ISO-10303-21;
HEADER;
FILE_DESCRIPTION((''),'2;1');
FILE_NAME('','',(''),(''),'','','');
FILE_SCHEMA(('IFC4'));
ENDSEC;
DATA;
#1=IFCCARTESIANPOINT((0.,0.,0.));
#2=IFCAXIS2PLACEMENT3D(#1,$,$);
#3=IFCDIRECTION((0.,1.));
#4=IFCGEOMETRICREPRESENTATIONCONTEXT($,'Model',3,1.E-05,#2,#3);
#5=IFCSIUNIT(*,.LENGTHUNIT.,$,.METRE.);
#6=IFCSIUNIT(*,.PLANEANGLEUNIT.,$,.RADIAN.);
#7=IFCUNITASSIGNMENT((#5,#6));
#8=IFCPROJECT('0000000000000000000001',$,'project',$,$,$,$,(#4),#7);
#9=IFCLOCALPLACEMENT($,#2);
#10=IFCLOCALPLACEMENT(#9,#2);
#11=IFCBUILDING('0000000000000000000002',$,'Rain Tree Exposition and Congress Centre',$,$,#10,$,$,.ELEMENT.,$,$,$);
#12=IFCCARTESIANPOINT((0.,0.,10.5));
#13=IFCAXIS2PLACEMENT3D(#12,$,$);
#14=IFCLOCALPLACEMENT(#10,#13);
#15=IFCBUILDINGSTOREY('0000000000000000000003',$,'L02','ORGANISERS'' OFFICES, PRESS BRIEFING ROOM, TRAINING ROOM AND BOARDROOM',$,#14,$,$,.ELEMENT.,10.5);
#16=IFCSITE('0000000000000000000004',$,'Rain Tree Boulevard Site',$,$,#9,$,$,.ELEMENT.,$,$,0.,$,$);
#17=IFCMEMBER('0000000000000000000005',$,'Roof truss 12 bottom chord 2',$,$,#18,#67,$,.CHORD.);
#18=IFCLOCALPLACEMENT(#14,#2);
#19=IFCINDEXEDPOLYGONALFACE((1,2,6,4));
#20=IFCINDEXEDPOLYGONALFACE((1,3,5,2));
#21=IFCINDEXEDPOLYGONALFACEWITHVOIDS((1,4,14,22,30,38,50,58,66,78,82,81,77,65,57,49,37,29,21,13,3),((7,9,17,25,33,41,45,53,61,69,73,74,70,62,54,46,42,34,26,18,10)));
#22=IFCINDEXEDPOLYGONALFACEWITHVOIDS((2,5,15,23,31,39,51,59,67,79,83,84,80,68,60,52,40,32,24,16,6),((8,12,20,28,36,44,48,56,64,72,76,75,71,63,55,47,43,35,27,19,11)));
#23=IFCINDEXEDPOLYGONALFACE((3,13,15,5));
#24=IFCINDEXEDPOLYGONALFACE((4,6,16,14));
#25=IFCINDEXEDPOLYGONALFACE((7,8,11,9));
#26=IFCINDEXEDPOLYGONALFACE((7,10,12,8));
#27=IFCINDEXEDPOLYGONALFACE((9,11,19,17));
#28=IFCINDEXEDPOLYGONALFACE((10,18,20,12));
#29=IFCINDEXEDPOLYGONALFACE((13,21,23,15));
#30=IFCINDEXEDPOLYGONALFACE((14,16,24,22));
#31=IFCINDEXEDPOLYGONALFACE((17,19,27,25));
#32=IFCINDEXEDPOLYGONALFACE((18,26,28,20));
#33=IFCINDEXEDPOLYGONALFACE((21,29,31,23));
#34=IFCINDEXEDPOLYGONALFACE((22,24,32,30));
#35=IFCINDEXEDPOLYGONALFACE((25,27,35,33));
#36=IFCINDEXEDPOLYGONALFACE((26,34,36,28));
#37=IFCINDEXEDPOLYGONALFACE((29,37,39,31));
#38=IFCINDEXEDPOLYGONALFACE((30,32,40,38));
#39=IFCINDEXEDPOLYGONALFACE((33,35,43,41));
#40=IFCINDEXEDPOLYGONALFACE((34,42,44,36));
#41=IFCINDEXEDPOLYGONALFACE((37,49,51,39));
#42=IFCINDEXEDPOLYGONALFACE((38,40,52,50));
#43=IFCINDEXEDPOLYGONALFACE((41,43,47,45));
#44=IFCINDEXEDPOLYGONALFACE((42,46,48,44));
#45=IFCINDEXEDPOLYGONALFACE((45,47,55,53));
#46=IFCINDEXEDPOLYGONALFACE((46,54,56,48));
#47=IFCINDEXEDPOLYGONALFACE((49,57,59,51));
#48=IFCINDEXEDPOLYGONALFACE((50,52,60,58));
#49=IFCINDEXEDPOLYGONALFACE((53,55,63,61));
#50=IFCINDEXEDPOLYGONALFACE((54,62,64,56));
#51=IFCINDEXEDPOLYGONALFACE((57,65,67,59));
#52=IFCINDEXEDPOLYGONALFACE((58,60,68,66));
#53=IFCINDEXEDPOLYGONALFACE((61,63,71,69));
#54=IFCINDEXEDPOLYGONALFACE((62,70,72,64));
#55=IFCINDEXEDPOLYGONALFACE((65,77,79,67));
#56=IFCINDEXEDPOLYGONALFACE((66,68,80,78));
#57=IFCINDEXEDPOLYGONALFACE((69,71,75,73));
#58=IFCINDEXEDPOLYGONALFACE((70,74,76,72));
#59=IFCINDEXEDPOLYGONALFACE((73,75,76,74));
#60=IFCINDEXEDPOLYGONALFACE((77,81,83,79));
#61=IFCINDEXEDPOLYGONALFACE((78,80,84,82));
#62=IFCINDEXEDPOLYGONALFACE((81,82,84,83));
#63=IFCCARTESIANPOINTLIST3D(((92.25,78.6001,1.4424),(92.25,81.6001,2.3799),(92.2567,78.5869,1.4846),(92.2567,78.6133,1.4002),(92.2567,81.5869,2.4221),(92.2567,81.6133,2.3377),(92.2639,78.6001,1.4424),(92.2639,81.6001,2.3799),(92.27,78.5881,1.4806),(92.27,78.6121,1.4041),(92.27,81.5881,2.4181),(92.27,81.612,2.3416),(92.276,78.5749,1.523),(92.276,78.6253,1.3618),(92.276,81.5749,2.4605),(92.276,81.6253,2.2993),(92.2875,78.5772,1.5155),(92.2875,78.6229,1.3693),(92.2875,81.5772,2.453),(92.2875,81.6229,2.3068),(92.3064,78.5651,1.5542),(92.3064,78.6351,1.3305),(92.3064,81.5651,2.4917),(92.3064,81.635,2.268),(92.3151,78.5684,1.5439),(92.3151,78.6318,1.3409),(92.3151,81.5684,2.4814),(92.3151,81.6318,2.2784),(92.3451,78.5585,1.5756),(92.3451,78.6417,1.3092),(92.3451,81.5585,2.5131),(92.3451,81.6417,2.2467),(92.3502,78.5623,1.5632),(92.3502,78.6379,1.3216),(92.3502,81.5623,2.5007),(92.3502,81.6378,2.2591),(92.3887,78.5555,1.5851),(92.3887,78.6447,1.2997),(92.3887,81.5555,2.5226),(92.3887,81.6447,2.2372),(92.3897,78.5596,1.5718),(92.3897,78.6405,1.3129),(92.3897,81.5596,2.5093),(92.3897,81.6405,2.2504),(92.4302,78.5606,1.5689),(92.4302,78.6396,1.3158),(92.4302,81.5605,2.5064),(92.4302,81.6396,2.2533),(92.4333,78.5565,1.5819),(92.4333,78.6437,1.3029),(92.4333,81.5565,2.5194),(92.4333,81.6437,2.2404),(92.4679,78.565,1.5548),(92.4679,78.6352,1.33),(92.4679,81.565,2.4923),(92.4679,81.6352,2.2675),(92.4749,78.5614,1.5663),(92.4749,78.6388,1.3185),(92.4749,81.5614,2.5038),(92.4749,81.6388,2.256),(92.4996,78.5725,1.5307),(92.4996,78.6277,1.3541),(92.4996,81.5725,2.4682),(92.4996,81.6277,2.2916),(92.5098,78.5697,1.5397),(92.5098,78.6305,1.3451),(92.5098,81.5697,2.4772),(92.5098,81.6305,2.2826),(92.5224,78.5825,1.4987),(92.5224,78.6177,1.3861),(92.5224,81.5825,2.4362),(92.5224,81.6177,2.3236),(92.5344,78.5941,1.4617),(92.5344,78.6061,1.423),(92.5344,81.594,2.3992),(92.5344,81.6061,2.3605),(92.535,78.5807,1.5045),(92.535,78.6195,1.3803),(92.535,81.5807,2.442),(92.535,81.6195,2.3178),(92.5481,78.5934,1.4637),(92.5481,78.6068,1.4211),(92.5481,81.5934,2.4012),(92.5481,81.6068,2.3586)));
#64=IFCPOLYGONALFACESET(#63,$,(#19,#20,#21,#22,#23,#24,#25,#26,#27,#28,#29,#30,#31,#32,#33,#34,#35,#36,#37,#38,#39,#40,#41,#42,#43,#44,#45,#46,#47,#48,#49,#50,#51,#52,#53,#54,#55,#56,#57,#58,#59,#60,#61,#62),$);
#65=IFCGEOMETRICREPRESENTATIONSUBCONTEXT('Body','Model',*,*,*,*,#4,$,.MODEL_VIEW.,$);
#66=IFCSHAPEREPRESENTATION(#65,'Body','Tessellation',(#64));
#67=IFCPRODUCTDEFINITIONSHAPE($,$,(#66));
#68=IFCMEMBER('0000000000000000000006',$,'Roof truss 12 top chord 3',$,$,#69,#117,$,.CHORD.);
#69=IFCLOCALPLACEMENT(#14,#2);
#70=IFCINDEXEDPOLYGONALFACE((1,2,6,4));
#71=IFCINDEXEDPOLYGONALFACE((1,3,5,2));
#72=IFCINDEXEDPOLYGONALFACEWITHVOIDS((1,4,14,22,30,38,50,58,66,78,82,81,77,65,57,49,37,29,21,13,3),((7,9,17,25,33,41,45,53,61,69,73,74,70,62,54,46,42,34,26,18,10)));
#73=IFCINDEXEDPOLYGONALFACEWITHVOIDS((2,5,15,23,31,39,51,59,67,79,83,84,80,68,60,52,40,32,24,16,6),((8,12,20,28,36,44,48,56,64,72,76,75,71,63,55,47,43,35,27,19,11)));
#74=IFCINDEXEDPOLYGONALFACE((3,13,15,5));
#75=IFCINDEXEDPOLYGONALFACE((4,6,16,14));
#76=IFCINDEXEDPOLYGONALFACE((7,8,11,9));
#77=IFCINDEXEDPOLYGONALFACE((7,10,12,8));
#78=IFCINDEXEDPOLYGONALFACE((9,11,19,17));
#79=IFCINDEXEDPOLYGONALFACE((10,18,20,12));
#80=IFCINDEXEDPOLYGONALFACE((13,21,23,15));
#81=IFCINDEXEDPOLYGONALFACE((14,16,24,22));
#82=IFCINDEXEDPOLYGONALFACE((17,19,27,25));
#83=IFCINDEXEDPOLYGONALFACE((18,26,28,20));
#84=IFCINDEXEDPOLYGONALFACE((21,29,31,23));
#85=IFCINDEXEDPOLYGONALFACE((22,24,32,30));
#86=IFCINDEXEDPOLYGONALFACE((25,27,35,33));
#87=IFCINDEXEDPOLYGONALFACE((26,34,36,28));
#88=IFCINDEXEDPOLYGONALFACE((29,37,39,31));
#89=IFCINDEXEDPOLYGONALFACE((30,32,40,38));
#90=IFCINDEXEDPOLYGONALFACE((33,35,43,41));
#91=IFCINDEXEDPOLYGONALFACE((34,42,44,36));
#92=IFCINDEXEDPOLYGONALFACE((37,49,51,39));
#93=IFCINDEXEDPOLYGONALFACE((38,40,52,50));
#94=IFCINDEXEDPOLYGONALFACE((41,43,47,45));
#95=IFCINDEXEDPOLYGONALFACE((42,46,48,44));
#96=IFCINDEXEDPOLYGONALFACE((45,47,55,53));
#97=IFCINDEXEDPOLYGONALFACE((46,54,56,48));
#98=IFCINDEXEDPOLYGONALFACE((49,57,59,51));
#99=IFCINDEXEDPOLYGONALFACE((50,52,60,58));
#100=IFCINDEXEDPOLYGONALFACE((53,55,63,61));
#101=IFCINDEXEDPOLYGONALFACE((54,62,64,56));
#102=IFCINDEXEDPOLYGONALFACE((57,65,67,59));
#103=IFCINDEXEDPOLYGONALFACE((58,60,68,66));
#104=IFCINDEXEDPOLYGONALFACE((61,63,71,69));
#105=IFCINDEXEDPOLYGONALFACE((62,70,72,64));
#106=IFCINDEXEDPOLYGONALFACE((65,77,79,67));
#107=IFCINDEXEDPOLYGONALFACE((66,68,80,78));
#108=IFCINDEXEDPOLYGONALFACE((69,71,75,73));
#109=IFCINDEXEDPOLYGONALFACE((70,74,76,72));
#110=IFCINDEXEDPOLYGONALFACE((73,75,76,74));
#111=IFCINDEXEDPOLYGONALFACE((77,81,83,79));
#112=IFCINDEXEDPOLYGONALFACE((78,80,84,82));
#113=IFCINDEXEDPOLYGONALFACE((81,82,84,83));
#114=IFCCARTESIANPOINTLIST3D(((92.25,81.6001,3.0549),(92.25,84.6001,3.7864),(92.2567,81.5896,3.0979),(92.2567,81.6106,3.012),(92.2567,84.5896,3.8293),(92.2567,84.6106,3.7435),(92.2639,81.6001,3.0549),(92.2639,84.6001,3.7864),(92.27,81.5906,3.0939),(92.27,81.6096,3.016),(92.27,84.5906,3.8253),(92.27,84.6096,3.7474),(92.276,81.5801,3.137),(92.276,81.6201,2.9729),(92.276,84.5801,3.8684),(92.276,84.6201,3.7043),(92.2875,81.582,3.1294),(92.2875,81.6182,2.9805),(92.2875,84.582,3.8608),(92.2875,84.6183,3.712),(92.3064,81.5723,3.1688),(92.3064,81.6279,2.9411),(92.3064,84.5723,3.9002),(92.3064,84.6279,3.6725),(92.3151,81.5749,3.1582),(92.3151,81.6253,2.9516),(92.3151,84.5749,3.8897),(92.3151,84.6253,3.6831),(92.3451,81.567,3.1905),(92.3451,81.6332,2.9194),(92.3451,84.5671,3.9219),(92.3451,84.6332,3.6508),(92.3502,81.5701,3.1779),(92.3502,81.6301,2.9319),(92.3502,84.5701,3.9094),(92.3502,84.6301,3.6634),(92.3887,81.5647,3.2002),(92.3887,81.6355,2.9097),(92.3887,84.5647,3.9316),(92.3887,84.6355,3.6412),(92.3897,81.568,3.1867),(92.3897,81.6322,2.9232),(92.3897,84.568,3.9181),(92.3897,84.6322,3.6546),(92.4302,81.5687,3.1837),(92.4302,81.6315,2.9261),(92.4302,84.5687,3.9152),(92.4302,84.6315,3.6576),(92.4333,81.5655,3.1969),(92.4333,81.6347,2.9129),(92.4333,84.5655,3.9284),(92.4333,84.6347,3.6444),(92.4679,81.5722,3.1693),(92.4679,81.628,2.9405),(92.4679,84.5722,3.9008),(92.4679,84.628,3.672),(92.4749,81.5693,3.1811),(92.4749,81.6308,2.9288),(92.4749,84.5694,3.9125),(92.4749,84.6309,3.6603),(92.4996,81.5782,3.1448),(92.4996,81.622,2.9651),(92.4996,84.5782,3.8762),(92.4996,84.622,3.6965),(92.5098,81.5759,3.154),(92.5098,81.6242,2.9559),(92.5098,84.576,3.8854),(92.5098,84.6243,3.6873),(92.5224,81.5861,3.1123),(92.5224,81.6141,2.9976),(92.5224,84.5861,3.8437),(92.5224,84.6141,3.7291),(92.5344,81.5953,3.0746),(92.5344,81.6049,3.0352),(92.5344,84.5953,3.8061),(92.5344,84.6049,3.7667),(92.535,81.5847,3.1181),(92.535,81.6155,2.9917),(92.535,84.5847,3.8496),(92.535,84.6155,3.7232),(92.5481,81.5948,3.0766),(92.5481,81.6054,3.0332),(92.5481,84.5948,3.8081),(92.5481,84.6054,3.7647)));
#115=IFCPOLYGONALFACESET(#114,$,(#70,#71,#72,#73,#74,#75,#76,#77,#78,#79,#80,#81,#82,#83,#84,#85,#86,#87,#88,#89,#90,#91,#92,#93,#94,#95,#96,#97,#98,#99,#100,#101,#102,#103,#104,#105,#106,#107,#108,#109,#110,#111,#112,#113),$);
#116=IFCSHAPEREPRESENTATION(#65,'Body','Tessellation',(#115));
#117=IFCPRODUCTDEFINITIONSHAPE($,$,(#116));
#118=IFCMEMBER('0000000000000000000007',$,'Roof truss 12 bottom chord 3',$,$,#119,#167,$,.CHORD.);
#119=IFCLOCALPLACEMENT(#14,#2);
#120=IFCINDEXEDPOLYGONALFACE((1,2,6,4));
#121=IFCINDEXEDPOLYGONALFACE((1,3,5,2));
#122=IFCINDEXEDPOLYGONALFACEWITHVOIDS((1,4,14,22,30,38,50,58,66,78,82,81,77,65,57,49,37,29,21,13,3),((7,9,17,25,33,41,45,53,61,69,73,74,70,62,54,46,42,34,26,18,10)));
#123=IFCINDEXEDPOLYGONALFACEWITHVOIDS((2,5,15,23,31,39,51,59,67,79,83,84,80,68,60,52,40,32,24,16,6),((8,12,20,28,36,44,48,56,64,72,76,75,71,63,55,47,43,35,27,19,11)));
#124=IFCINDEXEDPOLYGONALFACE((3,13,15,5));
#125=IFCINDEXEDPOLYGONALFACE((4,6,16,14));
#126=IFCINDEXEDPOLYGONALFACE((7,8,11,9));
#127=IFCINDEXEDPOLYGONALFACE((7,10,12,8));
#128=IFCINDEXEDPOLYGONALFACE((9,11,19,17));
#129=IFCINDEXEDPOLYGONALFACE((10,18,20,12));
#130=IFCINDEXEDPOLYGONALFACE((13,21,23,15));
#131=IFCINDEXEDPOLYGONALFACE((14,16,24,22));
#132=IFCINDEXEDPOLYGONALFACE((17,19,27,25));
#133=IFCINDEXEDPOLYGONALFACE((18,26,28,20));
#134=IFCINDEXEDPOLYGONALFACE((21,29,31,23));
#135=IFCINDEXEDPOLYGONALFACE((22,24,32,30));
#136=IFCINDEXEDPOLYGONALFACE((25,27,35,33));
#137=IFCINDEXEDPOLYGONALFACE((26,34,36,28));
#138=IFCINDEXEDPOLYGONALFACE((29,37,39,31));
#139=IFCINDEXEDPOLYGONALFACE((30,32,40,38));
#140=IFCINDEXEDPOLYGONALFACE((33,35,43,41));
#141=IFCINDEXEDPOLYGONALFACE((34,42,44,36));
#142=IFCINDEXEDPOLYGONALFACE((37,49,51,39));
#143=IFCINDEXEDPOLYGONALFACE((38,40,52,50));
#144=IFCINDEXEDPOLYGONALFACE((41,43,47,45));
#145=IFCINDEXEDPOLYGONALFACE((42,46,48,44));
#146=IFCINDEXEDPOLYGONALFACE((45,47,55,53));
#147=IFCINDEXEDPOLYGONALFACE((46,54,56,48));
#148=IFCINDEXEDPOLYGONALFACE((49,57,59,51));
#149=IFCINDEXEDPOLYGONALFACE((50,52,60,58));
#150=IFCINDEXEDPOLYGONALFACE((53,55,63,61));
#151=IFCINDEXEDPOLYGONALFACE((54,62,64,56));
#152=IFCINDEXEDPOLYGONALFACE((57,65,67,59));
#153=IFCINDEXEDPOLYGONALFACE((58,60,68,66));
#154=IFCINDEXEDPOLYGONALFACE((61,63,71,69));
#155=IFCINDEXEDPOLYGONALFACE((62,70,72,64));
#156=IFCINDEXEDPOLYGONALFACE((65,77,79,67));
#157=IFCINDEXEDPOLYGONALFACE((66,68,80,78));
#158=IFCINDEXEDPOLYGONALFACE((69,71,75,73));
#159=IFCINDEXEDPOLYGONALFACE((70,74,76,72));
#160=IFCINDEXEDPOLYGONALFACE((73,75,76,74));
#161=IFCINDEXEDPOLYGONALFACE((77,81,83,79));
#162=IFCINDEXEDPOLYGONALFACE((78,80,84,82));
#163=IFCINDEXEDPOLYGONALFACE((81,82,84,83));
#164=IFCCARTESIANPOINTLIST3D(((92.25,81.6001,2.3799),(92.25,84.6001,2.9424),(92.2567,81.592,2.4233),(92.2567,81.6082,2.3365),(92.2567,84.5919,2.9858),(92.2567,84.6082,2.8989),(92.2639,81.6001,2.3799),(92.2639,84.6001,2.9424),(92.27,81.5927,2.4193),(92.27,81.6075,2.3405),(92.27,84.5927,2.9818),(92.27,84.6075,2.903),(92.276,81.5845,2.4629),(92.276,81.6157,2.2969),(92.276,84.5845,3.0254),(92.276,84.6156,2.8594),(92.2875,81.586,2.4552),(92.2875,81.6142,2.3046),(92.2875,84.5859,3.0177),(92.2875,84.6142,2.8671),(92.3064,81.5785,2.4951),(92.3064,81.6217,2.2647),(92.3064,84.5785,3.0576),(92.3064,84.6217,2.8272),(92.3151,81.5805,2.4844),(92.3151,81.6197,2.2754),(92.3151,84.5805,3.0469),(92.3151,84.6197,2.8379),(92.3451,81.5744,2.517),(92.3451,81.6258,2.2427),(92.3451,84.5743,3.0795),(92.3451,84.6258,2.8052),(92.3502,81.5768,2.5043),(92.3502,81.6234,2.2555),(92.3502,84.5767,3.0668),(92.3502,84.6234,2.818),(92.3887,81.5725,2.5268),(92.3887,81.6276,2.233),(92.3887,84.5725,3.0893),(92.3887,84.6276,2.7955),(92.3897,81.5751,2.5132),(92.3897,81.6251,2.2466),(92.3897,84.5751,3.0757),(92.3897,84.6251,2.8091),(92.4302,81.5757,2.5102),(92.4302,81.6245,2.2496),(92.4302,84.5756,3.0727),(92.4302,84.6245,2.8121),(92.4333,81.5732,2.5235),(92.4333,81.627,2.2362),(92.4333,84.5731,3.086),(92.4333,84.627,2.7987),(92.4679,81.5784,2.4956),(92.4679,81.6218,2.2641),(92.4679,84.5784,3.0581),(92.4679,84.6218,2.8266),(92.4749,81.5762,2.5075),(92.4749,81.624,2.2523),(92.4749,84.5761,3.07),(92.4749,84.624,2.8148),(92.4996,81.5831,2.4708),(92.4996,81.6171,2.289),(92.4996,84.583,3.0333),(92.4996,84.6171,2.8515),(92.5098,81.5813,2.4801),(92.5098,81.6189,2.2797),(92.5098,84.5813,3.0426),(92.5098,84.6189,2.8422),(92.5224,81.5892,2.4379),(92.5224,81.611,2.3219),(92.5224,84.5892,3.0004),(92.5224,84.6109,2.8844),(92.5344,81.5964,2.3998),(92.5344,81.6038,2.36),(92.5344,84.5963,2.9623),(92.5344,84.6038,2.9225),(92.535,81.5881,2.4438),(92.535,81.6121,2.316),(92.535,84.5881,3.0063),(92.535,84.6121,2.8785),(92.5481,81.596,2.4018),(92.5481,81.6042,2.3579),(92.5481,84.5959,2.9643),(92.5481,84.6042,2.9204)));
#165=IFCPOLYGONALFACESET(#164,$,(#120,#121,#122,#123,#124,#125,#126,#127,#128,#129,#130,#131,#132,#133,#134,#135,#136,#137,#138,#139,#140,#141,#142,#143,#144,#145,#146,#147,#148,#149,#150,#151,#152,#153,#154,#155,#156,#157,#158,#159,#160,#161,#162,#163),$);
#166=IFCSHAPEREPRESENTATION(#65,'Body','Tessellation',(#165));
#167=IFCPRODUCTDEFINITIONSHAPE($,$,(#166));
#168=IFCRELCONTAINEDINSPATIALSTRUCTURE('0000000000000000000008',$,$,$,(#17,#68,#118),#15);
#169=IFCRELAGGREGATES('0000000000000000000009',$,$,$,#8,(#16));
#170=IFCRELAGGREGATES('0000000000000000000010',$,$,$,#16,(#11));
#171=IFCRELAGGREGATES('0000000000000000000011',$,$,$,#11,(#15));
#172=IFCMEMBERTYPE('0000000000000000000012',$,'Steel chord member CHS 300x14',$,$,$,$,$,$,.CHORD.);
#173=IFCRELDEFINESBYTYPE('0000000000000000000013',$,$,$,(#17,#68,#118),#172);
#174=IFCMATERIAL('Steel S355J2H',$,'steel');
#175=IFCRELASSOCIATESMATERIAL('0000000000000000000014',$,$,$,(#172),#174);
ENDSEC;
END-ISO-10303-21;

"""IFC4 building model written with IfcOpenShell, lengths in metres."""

from ifc_helpers import new_model, si_unit, direction, frame, origin, origin_2d, place, context, subcontext, project, spatial, hollow_circle, extrude, material, material_profile, profile_set, type_object, element, save


model = new_model("IFC4")

# Units and contexts
model_context = context("Model", 3, precision=1e-05, world=origin(), true_north=direction((0.0, 1.0)))
body_context = subcontext(model_context, "Body", "Model", "MODEL_VIEW")
ifc_project = project(units=[si_unit("LENGTHUNIT", "METRE"), si_unit("PLANEANGLEUNIT", "RADIAN")], contexts=[model_context])

# Site, building, storey
site_placement = place(None, origin())
site = spatial("IfcSite", under=ifc_project, at=site_placement, Name="Rain Tree Boulevard Site", CompositionType="ELEMENT", RefElevation=0.0)
building_placement = place(site_placement, origin())
building = spatial("IfcBuilding", under=site, at=building_placement, Name="Rain Tree Exposition and Congress Centre", CompositionType="ELEMENT")
storey_placement = place(building_placement, frame((0.0, 0.0, 10.5)))
storey = spatial("IfcBuildingStorey", under=building, at=storey_placement, Name="L02", Description="ORGANISERS' OFFICES, PRESS BRIEFING ROOM, TRAINING ROOM AND BOARDROOM", CompositionType="ELEMENT", Elevation=10.5)

# Members
ifc_material_1 = material(Name="Steel S355J2H", Category="steel")
ifc_material_profile_1 = material_profile(ifc_material_1, hollow_circle(Radius=0.1499, WallThickness=0.0139, at=origin_2d()), Name="CHS 300x14")
ifc_profile_set_1 = profile_set([ifc_material_profile_1], Name="Steel S355J2H")
member_type_1 = type_object("IfcMemberType", Name="Steel chord member CHS 300x14", PredefinedType="CHORD", material=ifc_profile_set_1)
member_1_placement = place(storey_placement, frame((92.3999, 78.6001, 1.4424), z_axis=(0.0, 0.95448, 0.298275), x_axis=(-1.0, 0.0, 0.0)))
element("IfcMember", 1, at=member_1_placement, inside=storey, type_object=member_type_1, Name="Roof truss 12 bottom chord 2", PredefinedType="CHORD", context=body_context, shape_type="SweptSolid", body=[
    extrude(hollow_circle(Radius=0.1499, WallThickness=0.0139, at=origin_2d()), origin(), (0.0, 0.0, 1.0), 3.1431),
])
member_2_placement = place(storey_placement, frame((92.3999, 81.6001, 3.0549), z_axis=(0.0, 0.97154, 0.236876), x_axis=(-1.0, 0.0, 0.0)))
element("IfcMember", 2, at=member_2_placement, inside=storey, type_object=member_type_1, Name="Roof truss 12 top chord 3", PredefinedType="CHORD", context=body_context, shape_type="SweptSolid", body=[
    extrude(hollow_circle(Radius=0.1499, WallThickness=0.0139, at=origin_2d()), origin(), (0.0, 0.0, 1.0), 3.0879),
])
member_3_placement = place(storey_placement, frame((92.3999, 81.6001, 2.3799), z_axis=(0.0, 0.982872, 0.184289), x_axis=(-1.0, 0.0, 0.0)))
element("IfcMember", 3, at=member_3_placement, inside=storey, type_object=member_type_1, Name="Roof truss 12 bottom chord 3", PredefinedType="CHORD", context=body_context, shape_type="SweptSolid", body=[
    extrude(hollow_circle(Radius=0.1499, WallThickness=0.0139, at=origin_2d()), origin(), (0.0, 0.0, 1.0), 3.0522),
])

save(model, "model.ifc")
